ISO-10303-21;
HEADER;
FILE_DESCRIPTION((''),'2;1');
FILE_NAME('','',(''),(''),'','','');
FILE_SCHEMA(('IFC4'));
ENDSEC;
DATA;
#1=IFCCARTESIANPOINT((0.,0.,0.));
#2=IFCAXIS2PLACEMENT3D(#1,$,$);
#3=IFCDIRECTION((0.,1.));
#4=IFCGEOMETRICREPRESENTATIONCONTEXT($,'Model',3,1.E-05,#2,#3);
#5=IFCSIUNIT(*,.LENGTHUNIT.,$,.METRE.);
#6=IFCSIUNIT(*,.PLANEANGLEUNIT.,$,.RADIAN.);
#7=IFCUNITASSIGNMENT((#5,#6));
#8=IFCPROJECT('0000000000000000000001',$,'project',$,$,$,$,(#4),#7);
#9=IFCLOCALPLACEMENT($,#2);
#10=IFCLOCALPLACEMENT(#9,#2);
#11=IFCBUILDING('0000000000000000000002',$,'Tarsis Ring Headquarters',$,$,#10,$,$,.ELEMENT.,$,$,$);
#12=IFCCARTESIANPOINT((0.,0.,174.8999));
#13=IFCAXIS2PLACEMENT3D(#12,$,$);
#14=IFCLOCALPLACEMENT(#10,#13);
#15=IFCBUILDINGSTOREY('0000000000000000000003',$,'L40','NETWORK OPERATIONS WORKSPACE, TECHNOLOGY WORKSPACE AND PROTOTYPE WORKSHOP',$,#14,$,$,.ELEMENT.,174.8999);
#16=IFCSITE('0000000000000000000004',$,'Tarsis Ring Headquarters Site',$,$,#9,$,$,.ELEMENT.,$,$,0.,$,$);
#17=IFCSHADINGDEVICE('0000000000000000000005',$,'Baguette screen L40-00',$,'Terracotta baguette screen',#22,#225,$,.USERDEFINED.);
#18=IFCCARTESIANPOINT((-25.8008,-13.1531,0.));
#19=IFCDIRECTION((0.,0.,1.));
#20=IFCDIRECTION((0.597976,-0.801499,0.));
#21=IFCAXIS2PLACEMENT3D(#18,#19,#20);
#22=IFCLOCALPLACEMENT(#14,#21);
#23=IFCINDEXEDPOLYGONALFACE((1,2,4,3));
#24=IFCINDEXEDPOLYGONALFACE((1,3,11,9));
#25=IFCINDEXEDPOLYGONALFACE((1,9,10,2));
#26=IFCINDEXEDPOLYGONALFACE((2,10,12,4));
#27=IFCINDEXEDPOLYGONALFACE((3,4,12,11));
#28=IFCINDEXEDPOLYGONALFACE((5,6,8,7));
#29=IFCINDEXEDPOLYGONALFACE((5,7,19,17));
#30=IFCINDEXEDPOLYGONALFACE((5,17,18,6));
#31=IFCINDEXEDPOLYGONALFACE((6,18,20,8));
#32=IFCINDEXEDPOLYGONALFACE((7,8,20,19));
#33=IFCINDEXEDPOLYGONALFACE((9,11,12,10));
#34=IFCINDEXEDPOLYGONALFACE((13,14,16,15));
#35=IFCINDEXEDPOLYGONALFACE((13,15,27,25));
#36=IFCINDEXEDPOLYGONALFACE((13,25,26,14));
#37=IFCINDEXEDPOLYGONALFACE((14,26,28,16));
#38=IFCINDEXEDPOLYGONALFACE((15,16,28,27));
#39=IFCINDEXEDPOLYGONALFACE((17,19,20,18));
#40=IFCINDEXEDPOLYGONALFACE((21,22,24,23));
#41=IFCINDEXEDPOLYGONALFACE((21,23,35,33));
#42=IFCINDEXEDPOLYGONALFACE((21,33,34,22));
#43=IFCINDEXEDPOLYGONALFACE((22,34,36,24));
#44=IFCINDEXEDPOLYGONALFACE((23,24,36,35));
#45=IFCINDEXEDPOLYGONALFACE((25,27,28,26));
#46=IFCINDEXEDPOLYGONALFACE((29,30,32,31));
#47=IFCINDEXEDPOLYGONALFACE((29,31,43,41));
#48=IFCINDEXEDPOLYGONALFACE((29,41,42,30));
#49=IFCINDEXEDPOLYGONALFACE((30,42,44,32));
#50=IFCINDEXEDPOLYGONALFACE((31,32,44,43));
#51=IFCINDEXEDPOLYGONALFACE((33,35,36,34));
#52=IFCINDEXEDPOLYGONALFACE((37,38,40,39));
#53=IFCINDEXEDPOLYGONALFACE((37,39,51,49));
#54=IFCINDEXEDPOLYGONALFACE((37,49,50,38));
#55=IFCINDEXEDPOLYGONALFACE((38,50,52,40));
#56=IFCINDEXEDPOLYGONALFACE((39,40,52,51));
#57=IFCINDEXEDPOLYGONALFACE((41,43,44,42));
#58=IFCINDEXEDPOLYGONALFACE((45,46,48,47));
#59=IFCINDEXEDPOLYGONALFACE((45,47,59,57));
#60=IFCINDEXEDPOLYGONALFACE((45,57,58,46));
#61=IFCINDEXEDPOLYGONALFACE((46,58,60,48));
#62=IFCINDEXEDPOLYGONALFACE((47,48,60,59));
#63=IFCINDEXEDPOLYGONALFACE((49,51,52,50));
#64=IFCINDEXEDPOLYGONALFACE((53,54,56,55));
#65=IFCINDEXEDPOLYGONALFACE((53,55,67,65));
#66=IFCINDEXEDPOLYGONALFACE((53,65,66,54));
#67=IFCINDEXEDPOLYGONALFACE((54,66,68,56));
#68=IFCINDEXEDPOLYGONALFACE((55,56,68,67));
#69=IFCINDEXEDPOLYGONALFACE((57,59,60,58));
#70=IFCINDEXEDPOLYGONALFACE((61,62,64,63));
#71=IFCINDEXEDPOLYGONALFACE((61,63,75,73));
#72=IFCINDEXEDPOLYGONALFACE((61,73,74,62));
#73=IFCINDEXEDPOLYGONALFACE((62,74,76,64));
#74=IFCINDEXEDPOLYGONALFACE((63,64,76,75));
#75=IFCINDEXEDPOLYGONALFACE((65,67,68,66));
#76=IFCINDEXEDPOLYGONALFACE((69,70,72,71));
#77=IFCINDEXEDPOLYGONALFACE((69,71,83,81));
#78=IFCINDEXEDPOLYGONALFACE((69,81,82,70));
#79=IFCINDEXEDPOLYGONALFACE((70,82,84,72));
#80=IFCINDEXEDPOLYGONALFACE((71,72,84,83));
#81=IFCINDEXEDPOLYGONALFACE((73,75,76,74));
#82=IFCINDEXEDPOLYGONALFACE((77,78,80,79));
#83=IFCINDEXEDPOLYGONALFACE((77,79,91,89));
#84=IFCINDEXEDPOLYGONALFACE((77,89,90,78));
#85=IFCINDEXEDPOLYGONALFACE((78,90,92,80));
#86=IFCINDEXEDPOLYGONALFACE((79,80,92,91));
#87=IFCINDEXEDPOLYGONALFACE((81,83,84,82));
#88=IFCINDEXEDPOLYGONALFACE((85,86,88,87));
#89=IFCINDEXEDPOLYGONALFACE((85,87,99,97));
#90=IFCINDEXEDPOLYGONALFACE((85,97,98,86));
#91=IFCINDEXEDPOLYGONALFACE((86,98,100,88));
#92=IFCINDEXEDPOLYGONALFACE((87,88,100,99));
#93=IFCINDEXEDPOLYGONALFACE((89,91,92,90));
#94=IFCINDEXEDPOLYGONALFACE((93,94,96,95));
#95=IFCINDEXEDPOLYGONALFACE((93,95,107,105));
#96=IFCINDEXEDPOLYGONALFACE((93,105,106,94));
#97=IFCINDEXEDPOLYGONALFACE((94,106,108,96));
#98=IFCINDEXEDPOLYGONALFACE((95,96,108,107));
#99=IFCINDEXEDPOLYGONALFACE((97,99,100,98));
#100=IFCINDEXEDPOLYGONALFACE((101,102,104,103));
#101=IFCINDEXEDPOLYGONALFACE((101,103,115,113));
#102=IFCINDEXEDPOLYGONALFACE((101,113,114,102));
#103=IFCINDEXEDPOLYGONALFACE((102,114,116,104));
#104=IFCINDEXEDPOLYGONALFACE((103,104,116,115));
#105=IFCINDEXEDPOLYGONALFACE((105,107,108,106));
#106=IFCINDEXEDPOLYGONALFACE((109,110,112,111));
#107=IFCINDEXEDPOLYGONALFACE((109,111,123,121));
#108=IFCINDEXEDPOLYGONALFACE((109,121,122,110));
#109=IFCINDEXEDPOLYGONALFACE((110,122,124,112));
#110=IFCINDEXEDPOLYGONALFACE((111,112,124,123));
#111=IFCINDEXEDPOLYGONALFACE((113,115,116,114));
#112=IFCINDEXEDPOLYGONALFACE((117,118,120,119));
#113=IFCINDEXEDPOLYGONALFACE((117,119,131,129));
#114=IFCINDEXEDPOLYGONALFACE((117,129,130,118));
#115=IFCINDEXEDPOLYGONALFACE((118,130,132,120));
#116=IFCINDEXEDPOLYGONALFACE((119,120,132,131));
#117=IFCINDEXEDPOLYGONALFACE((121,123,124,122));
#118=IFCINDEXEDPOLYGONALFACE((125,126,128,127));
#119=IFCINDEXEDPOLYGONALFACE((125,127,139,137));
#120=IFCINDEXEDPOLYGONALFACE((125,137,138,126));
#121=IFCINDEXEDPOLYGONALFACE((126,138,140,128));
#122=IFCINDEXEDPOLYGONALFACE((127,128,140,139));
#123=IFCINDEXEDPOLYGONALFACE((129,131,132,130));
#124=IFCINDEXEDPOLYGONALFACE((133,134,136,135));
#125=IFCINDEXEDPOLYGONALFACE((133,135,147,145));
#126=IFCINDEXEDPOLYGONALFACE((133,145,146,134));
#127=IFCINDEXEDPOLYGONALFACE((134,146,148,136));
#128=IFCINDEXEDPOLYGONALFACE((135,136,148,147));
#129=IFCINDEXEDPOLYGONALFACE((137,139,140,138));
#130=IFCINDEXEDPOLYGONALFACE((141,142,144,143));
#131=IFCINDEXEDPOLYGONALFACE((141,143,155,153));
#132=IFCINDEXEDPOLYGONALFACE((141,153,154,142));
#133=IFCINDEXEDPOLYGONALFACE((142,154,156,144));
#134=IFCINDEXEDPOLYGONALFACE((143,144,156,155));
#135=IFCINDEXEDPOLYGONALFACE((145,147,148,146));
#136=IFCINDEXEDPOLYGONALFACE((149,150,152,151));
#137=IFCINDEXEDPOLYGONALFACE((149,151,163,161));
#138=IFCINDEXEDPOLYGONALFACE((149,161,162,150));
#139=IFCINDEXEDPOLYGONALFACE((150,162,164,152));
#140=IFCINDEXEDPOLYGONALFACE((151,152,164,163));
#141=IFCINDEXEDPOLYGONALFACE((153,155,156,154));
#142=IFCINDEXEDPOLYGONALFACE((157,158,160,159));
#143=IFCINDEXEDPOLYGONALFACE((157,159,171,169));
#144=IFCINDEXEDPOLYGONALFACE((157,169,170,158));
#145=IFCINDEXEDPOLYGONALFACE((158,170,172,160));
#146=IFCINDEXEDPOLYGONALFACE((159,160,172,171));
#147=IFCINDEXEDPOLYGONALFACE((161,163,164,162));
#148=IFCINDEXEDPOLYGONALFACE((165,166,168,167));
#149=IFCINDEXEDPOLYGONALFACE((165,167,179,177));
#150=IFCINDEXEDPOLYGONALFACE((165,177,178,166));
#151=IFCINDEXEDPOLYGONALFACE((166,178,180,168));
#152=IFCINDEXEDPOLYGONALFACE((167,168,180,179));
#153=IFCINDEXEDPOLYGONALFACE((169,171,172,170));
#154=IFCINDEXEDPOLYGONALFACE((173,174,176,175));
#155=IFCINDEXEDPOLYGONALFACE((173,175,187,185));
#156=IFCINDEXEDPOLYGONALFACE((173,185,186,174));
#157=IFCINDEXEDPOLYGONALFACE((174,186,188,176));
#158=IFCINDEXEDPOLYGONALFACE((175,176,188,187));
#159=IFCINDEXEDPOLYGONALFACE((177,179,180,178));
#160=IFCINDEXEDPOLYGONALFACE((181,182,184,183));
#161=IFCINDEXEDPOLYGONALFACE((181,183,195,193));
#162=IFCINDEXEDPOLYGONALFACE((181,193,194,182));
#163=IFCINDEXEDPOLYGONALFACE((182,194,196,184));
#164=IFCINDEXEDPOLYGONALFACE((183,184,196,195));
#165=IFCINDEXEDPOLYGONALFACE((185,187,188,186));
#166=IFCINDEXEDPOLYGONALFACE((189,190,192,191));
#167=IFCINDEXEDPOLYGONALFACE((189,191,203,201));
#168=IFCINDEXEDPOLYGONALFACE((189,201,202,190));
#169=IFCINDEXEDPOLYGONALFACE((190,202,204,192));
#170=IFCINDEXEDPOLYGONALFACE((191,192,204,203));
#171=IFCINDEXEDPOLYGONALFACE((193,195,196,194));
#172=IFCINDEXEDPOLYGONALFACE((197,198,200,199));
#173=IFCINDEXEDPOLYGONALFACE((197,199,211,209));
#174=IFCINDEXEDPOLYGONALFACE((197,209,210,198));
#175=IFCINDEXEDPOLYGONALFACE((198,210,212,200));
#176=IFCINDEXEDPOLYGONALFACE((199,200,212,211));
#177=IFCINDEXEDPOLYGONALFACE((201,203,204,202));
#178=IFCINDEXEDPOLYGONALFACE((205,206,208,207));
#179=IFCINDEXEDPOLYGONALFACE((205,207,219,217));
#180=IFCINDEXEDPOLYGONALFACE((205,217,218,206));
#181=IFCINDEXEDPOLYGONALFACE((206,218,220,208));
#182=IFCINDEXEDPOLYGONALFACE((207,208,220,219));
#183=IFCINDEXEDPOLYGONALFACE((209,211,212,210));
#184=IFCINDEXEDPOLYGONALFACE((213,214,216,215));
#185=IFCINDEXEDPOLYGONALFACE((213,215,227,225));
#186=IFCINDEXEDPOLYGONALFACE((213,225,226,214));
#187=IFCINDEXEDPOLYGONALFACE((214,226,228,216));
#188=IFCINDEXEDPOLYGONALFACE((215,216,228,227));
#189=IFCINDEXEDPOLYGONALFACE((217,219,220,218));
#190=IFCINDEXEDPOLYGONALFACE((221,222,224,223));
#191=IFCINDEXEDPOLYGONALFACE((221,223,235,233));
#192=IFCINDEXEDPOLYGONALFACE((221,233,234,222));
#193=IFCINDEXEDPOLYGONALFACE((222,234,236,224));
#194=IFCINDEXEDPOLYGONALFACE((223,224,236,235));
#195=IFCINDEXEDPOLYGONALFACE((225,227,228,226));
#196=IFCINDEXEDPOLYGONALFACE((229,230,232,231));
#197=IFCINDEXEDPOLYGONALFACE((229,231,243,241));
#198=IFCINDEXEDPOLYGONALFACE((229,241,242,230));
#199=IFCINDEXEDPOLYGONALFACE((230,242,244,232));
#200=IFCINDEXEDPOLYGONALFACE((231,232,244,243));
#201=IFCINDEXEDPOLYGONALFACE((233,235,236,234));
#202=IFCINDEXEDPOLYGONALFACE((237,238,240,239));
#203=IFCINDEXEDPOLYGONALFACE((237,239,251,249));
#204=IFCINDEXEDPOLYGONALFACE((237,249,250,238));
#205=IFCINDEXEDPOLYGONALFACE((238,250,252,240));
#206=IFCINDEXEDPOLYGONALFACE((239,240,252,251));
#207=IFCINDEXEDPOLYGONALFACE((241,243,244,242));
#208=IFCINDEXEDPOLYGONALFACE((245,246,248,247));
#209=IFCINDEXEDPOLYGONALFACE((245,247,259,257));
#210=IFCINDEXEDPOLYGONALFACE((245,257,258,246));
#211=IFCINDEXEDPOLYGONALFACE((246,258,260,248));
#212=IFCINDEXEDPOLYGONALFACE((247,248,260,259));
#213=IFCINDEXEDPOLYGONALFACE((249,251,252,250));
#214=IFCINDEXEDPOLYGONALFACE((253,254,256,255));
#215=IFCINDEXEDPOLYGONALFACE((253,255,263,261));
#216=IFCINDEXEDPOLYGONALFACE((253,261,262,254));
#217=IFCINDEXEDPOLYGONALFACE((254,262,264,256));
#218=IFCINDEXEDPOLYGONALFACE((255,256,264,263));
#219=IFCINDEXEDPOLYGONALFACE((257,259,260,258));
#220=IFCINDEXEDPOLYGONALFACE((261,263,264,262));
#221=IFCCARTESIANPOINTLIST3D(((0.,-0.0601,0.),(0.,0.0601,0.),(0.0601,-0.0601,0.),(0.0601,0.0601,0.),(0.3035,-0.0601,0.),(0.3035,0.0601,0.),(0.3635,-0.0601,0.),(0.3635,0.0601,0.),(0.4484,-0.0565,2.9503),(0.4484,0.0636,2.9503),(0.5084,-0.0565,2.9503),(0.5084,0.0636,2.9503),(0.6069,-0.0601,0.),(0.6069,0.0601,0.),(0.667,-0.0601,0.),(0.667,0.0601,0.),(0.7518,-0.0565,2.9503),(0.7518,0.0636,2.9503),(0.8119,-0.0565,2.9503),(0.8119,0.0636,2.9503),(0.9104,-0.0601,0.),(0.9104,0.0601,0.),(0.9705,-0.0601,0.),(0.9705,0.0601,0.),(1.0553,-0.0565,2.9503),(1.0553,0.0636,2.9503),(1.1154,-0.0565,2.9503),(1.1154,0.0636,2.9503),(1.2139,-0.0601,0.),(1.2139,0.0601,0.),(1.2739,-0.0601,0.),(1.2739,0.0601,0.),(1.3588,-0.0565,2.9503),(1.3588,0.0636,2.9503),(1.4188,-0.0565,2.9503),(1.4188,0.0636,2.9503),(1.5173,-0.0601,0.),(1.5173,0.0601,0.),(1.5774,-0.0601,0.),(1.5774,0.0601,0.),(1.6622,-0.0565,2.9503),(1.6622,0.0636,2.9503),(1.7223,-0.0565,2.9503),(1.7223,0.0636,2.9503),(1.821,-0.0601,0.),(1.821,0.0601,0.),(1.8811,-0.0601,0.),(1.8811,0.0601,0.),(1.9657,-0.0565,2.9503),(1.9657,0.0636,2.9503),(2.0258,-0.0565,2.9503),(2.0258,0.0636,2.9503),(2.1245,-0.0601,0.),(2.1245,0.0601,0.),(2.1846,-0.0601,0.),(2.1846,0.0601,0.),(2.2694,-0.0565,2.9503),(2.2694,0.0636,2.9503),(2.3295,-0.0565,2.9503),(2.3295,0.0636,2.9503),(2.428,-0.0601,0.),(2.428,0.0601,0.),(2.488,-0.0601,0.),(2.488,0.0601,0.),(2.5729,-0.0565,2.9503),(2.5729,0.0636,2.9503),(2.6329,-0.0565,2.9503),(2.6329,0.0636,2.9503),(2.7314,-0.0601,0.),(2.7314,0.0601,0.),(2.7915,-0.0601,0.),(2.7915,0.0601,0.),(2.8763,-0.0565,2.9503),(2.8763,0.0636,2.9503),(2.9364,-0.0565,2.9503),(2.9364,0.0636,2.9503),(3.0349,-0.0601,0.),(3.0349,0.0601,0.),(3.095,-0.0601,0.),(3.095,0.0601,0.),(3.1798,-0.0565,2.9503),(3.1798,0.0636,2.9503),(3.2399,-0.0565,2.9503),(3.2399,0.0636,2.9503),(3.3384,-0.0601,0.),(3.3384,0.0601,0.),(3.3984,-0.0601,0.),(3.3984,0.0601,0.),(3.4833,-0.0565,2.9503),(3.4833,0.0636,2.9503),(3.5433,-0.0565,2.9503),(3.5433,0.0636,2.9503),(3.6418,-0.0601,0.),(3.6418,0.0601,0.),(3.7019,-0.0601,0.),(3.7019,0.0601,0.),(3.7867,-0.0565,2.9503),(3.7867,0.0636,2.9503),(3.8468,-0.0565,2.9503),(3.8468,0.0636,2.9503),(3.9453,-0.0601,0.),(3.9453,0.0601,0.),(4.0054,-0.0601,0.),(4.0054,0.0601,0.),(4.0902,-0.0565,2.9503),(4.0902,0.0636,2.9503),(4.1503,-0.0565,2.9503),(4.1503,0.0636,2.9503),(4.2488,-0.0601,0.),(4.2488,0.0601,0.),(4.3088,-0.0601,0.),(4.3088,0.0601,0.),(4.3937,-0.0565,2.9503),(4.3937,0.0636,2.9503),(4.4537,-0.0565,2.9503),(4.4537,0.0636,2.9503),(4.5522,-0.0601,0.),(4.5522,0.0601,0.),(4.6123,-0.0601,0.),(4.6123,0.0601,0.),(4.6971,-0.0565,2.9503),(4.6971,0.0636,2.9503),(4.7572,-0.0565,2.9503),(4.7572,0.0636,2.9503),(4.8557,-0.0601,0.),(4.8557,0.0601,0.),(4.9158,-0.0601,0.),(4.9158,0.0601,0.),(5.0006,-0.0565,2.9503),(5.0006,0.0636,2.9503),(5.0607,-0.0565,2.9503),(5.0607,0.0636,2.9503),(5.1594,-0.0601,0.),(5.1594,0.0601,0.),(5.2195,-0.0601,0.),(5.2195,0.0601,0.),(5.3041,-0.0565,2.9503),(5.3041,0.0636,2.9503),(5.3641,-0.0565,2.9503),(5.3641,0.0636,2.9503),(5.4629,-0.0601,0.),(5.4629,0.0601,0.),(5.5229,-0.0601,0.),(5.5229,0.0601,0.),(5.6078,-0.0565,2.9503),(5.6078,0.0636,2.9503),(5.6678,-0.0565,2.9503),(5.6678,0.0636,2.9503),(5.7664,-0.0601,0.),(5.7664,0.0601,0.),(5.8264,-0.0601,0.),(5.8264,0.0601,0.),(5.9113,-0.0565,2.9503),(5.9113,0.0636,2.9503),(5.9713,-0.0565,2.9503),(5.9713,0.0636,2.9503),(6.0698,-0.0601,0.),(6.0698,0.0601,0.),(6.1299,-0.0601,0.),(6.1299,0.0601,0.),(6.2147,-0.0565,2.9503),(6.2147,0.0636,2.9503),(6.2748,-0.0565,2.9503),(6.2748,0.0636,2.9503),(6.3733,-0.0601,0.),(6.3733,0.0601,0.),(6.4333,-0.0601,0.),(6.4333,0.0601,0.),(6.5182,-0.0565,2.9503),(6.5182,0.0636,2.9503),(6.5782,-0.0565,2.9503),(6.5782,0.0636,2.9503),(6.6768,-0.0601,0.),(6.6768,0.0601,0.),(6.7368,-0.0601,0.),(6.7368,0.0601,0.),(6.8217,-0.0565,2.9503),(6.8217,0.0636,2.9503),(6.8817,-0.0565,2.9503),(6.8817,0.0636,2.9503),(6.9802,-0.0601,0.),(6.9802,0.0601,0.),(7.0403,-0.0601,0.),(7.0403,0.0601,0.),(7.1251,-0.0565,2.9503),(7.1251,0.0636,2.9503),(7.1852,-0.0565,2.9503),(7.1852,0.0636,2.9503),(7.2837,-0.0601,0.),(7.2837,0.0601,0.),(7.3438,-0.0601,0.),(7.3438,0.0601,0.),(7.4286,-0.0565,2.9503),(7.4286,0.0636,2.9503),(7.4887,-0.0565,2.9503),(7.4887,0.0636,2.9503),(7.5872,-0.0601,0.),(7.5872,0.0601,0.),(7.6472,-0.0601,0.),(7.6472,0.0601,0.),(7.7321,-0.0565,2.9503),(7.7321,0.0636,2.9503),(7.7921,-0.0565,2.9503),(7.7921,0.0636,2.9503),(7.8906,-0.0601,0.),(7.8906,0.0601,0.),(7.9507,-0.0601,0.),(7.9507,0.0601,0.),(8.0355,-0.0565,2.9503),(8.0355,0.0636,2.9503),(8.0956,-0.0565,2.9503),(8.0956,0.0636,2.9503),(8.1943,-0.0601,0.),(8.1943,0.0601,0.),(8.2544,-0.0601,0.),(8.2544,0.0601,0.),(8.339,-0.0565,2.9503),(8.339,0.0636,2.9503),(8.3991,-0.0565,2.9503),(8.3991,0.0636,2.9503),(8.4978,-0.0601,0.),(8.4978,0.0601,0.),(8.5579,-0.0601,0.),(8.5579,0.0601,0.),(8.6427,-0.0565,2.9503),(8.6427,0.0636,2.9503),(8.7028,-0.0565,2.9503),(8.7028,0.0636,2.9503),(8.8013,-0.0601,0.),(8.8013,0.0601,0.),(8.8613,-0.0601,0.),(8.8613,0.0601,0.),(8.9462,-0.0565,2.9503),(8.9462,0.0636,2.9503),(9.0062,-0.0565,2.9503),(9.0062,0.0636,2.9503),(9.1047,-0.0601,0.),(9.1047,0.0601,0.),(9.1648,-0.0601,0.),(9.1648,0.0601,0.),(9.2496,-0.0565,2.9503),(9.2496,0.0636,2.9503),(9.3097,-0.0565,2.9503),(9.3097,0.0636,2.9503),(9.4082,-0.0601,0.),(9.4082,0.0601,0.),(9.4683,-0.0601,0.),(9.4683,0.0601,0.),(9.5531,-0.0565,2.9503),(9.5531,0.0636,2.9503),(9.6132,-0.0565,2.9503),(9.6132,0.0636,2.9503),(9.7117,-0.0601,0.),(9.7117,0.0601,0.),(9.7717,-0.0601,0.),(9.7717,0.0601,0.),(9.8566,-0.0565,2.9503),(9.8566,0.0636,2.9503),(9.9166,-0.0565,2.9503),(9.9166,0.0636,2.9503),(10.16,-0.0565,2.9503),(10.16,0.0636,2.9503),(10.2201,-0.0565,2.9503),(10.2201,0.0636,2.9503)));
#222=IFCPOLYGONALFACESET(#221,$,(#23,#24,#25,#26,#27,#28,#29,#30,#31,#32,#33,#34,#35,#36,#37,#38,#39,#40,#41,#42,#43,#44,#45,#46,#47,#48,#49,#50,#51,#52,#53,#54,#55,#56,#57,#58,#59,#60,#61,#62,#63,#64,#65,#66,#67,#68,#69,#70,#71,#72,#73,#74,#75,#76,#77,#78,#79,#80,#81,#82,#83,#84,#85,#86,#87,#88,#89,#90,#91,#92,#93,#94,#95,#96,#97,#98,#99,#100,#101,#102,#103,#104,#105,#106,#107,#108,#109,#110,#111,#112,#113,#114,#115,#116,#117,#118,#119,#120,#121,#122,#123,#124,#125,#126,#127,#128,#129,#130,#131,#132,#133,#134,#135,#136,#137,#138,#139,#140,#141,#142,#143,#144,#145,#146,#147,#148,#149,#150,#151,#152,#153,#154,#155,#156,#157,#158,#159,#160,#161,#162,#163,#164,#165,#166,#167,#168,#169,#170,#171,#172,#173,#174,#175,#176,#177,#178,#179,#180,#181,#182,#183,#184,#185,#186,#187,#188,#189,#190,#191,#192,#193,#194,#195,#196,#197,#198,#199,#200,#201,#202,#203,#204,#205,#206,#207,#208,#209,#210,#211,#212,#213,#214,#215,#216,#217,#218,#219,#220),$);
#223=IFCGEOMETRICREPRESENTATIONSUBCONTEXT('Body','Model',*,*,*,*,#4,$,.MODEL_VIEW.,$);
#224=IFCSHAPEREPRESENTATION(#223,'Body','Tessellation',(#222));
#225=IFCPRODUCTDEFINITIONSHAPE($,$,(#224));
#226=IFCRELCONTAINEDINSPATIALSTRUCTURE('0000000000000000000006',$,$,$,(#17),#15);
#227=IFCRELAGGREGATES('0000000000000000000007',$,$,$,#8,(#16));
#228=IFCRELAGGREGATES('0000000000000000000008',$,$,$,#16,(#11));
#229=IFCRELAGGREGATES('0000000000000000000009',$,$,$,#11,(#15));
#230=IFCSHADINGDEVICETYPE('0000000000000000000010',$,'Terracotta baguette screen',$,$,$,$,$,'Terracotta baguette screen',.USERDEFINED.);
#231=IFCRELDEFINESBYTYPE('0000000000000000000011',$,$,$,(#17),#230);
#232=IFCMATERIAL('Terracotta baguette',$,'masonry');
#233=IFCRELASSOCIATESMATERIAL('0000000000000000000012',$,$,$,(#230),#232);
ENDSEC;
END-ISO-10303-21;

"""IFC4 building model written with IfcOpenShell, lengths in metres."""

from ifc_helpers import new_model, si_unit, direction, frame, frame_2d, origin, place, context, subcontext, project, spatial, rectangle, composite_profile, extrude, material, type_object, element, save


model = new_model("IFC4")

# Units and contexts
model_context = context("Model", 3, precision=1e-05, world=origin(), true_north=direction((0.0, 1.0)))
body_context = subcontext(model_context, "Body", "Model", "MODEL_VIEW")
ifc_project = project(units=[si_unit("LENGTHUNIT", "METRE"), si_unit("PLANEANGLEUNIT", "RADIAN")], contexts=[model_context])

# Site, building, storey
site_placement = place(None, origin())
site = spatial("IfcSite", under=ifc_project, at=site_placement, Name="Tarsis Ring Headquarters Site", CompositionType="ELEMENT", RefElevation=0.0)
building_placement = place(site_placement, origin())
building = spatial("IfcBuilding", under=site, at=building_placement, Name="Tarsis Ring Headquarters", CompositionType="ELEMENT")
storey_placement = place(building_placement, frame((0.0, 0.0, 174.8999)))
storey = spatial("IfcBuildingStorey", under=building, at=storey_placement, Name="L40", Description="NETWORK OPERATIONS WORKSPACE, TECHNOLOGY WORKSPACE AND PROTOTYPE WORKSHOP", CompositionType="ELEMENT", Elevation=174.8999)

# Shading device
ifc_material_1 = material(Name="Terracotta baguette", Category="masonry")
shading_device_type = type_object("IfcShadingDeviceType", Name="Terracotta baguette screen", ElementType="Terracotta baguette screen", PredefinedType="USERDEFINED", material=ifc_material_1)
shading_device_1_placement = place(storey_placement, frame((-25.8008, -13.1531, 0.0), z_axis=(0.0, 0.0, 1.0), x_axis=(0.597976, -0.801499, 0.0)))
element("IfcShadingDevice", 1, at=shading_device_1_placement, inside=storey, type_object=shading_device_type, Name="Baguette screen L40-00", ObjectType="Terracotta baguette screen", PredefinedType="USERDEFINED", context=body_context, shape_type="SweptSolid", body=[
    extrude(composite_profile([rectangle(XDim=0.0601, YDim=0.1201, at=frame_2d((0.03, 0.0))), rectangle(XDim=0.0601, YDim=0.1201, at=frame_2d((0.3335, 0.0))), rectangle(XDim=0.0601, YDim=0.1201, at=frame_2d((0.637, 0.0))), rectangle(XDim=0.0601, YDim=0.1201, at=frame_2d((0.9404, 0.0))), rectangle(XDim=0.0601, YDim=0.1201, at=frame_2d((1.2439, 0.0))), rectangle(XDim=0.0601, YDim=0.1201, at=frame_2d((1.5474, 0.0))), rectangle(XDim=0.0601, YDim=0.1201, at=frame_2d((1.8511, 0.0))), rectangle(XDim=0.0601, YDim=0.1201, at=frame_2d((2.1545, 0.0))), rectangle(XDim=0.0601, YDim=0.1201, at=frame_2d((2.458, 0.0))), rectangle(XDim=0.0601, YDim=0.1201, at=frame_2d((2.7615, 0.0))), rectangle(XDim=0.0601, YDim=0.1201, at=frame_2d((3.0649, 0.0))), rectangle(XDim=0.0601, YDim=0.1201, at=frame_2d((3.3684, 0.0))), rectangle(XDim=0.0601, YDim=0.1201, at=frame_2d((3.6719, 0.0))), rectangle(XDim=0.0601, YDim=0.1201, at=frame_2d((3.9753, 0.0))), rectangle(XDim=0.0601, YDim=0.1201, at=frame_2d((4.2788, 0.0))), rectangle(XDim=0.0601, YDim=0.1201, at=frame_2d((4.5823, 0.0))), rectangle(XDim=0.0601, YDim=0.1201, at=frame_2d((4.8857, 0.0))), rectangle(XDim=0.0601, YDim=0.1201, at=frame_2d((5.1895, 0.0))), rectangle(XDim=0.0601, YDim=0.1201, at=frame_2d((5.4929, 0.0))), rectangle(XDim=0.0601, YDim=0.1201, at=frame_2d((5.7964, 0.0))), rectangle(XDim=0.0601, YDim=0.1201, at=frame_2d((6.0999, 0.0))), rectangle(XDim=0.0601, YDim=0.1201, at=frame_2d((6.4033, 0.0))), rectangle(XDim=0.0601, YDim=0.1201, at=frame_2d((6.7068, 0.0))), rectangle(XDim=0.0601, YDim=0.1201, at=frame_2d((7.0103, 0.0))), rectangle(XDim=0.0601, YDim=0.1201, at=frame_2d((7.3137, 0.0))), rectangle(XDim=0.0601, YDim=0.1201, at=frame_2d((7.6172, 0.0))), rectangle(XDim=0.0601, YDim=0.1201, at=frame_2d((7.9207, 0.0))), rectangle(XDim=0.0601, YDim=0.1201, at=frame_2d((8.2244, 0.0))), rectangle(XDim=0.0601, YDim=0.1201, at=frame_2d((8.5278, 0.0))), rectangle(XDim=0.0601, YDim=0.1201, at=frame_2d((8.8313, 0.0))), rectangle(XDim=0.0601, YDim=0.1201, at=frame_2d((9.1348, 0.0))), rectangle(XDim=0.0601, YDim=0.1201, at=frame_2d((9.4382, 0.0))), rectangle(XDim=0.0601, YDim=0.1201, at=frame_2d((9.7417, 0.0)))]), origin(), (0.15025, 0.001179, 0.988647), 2.9841),
])

save(model, "model.ifc")
